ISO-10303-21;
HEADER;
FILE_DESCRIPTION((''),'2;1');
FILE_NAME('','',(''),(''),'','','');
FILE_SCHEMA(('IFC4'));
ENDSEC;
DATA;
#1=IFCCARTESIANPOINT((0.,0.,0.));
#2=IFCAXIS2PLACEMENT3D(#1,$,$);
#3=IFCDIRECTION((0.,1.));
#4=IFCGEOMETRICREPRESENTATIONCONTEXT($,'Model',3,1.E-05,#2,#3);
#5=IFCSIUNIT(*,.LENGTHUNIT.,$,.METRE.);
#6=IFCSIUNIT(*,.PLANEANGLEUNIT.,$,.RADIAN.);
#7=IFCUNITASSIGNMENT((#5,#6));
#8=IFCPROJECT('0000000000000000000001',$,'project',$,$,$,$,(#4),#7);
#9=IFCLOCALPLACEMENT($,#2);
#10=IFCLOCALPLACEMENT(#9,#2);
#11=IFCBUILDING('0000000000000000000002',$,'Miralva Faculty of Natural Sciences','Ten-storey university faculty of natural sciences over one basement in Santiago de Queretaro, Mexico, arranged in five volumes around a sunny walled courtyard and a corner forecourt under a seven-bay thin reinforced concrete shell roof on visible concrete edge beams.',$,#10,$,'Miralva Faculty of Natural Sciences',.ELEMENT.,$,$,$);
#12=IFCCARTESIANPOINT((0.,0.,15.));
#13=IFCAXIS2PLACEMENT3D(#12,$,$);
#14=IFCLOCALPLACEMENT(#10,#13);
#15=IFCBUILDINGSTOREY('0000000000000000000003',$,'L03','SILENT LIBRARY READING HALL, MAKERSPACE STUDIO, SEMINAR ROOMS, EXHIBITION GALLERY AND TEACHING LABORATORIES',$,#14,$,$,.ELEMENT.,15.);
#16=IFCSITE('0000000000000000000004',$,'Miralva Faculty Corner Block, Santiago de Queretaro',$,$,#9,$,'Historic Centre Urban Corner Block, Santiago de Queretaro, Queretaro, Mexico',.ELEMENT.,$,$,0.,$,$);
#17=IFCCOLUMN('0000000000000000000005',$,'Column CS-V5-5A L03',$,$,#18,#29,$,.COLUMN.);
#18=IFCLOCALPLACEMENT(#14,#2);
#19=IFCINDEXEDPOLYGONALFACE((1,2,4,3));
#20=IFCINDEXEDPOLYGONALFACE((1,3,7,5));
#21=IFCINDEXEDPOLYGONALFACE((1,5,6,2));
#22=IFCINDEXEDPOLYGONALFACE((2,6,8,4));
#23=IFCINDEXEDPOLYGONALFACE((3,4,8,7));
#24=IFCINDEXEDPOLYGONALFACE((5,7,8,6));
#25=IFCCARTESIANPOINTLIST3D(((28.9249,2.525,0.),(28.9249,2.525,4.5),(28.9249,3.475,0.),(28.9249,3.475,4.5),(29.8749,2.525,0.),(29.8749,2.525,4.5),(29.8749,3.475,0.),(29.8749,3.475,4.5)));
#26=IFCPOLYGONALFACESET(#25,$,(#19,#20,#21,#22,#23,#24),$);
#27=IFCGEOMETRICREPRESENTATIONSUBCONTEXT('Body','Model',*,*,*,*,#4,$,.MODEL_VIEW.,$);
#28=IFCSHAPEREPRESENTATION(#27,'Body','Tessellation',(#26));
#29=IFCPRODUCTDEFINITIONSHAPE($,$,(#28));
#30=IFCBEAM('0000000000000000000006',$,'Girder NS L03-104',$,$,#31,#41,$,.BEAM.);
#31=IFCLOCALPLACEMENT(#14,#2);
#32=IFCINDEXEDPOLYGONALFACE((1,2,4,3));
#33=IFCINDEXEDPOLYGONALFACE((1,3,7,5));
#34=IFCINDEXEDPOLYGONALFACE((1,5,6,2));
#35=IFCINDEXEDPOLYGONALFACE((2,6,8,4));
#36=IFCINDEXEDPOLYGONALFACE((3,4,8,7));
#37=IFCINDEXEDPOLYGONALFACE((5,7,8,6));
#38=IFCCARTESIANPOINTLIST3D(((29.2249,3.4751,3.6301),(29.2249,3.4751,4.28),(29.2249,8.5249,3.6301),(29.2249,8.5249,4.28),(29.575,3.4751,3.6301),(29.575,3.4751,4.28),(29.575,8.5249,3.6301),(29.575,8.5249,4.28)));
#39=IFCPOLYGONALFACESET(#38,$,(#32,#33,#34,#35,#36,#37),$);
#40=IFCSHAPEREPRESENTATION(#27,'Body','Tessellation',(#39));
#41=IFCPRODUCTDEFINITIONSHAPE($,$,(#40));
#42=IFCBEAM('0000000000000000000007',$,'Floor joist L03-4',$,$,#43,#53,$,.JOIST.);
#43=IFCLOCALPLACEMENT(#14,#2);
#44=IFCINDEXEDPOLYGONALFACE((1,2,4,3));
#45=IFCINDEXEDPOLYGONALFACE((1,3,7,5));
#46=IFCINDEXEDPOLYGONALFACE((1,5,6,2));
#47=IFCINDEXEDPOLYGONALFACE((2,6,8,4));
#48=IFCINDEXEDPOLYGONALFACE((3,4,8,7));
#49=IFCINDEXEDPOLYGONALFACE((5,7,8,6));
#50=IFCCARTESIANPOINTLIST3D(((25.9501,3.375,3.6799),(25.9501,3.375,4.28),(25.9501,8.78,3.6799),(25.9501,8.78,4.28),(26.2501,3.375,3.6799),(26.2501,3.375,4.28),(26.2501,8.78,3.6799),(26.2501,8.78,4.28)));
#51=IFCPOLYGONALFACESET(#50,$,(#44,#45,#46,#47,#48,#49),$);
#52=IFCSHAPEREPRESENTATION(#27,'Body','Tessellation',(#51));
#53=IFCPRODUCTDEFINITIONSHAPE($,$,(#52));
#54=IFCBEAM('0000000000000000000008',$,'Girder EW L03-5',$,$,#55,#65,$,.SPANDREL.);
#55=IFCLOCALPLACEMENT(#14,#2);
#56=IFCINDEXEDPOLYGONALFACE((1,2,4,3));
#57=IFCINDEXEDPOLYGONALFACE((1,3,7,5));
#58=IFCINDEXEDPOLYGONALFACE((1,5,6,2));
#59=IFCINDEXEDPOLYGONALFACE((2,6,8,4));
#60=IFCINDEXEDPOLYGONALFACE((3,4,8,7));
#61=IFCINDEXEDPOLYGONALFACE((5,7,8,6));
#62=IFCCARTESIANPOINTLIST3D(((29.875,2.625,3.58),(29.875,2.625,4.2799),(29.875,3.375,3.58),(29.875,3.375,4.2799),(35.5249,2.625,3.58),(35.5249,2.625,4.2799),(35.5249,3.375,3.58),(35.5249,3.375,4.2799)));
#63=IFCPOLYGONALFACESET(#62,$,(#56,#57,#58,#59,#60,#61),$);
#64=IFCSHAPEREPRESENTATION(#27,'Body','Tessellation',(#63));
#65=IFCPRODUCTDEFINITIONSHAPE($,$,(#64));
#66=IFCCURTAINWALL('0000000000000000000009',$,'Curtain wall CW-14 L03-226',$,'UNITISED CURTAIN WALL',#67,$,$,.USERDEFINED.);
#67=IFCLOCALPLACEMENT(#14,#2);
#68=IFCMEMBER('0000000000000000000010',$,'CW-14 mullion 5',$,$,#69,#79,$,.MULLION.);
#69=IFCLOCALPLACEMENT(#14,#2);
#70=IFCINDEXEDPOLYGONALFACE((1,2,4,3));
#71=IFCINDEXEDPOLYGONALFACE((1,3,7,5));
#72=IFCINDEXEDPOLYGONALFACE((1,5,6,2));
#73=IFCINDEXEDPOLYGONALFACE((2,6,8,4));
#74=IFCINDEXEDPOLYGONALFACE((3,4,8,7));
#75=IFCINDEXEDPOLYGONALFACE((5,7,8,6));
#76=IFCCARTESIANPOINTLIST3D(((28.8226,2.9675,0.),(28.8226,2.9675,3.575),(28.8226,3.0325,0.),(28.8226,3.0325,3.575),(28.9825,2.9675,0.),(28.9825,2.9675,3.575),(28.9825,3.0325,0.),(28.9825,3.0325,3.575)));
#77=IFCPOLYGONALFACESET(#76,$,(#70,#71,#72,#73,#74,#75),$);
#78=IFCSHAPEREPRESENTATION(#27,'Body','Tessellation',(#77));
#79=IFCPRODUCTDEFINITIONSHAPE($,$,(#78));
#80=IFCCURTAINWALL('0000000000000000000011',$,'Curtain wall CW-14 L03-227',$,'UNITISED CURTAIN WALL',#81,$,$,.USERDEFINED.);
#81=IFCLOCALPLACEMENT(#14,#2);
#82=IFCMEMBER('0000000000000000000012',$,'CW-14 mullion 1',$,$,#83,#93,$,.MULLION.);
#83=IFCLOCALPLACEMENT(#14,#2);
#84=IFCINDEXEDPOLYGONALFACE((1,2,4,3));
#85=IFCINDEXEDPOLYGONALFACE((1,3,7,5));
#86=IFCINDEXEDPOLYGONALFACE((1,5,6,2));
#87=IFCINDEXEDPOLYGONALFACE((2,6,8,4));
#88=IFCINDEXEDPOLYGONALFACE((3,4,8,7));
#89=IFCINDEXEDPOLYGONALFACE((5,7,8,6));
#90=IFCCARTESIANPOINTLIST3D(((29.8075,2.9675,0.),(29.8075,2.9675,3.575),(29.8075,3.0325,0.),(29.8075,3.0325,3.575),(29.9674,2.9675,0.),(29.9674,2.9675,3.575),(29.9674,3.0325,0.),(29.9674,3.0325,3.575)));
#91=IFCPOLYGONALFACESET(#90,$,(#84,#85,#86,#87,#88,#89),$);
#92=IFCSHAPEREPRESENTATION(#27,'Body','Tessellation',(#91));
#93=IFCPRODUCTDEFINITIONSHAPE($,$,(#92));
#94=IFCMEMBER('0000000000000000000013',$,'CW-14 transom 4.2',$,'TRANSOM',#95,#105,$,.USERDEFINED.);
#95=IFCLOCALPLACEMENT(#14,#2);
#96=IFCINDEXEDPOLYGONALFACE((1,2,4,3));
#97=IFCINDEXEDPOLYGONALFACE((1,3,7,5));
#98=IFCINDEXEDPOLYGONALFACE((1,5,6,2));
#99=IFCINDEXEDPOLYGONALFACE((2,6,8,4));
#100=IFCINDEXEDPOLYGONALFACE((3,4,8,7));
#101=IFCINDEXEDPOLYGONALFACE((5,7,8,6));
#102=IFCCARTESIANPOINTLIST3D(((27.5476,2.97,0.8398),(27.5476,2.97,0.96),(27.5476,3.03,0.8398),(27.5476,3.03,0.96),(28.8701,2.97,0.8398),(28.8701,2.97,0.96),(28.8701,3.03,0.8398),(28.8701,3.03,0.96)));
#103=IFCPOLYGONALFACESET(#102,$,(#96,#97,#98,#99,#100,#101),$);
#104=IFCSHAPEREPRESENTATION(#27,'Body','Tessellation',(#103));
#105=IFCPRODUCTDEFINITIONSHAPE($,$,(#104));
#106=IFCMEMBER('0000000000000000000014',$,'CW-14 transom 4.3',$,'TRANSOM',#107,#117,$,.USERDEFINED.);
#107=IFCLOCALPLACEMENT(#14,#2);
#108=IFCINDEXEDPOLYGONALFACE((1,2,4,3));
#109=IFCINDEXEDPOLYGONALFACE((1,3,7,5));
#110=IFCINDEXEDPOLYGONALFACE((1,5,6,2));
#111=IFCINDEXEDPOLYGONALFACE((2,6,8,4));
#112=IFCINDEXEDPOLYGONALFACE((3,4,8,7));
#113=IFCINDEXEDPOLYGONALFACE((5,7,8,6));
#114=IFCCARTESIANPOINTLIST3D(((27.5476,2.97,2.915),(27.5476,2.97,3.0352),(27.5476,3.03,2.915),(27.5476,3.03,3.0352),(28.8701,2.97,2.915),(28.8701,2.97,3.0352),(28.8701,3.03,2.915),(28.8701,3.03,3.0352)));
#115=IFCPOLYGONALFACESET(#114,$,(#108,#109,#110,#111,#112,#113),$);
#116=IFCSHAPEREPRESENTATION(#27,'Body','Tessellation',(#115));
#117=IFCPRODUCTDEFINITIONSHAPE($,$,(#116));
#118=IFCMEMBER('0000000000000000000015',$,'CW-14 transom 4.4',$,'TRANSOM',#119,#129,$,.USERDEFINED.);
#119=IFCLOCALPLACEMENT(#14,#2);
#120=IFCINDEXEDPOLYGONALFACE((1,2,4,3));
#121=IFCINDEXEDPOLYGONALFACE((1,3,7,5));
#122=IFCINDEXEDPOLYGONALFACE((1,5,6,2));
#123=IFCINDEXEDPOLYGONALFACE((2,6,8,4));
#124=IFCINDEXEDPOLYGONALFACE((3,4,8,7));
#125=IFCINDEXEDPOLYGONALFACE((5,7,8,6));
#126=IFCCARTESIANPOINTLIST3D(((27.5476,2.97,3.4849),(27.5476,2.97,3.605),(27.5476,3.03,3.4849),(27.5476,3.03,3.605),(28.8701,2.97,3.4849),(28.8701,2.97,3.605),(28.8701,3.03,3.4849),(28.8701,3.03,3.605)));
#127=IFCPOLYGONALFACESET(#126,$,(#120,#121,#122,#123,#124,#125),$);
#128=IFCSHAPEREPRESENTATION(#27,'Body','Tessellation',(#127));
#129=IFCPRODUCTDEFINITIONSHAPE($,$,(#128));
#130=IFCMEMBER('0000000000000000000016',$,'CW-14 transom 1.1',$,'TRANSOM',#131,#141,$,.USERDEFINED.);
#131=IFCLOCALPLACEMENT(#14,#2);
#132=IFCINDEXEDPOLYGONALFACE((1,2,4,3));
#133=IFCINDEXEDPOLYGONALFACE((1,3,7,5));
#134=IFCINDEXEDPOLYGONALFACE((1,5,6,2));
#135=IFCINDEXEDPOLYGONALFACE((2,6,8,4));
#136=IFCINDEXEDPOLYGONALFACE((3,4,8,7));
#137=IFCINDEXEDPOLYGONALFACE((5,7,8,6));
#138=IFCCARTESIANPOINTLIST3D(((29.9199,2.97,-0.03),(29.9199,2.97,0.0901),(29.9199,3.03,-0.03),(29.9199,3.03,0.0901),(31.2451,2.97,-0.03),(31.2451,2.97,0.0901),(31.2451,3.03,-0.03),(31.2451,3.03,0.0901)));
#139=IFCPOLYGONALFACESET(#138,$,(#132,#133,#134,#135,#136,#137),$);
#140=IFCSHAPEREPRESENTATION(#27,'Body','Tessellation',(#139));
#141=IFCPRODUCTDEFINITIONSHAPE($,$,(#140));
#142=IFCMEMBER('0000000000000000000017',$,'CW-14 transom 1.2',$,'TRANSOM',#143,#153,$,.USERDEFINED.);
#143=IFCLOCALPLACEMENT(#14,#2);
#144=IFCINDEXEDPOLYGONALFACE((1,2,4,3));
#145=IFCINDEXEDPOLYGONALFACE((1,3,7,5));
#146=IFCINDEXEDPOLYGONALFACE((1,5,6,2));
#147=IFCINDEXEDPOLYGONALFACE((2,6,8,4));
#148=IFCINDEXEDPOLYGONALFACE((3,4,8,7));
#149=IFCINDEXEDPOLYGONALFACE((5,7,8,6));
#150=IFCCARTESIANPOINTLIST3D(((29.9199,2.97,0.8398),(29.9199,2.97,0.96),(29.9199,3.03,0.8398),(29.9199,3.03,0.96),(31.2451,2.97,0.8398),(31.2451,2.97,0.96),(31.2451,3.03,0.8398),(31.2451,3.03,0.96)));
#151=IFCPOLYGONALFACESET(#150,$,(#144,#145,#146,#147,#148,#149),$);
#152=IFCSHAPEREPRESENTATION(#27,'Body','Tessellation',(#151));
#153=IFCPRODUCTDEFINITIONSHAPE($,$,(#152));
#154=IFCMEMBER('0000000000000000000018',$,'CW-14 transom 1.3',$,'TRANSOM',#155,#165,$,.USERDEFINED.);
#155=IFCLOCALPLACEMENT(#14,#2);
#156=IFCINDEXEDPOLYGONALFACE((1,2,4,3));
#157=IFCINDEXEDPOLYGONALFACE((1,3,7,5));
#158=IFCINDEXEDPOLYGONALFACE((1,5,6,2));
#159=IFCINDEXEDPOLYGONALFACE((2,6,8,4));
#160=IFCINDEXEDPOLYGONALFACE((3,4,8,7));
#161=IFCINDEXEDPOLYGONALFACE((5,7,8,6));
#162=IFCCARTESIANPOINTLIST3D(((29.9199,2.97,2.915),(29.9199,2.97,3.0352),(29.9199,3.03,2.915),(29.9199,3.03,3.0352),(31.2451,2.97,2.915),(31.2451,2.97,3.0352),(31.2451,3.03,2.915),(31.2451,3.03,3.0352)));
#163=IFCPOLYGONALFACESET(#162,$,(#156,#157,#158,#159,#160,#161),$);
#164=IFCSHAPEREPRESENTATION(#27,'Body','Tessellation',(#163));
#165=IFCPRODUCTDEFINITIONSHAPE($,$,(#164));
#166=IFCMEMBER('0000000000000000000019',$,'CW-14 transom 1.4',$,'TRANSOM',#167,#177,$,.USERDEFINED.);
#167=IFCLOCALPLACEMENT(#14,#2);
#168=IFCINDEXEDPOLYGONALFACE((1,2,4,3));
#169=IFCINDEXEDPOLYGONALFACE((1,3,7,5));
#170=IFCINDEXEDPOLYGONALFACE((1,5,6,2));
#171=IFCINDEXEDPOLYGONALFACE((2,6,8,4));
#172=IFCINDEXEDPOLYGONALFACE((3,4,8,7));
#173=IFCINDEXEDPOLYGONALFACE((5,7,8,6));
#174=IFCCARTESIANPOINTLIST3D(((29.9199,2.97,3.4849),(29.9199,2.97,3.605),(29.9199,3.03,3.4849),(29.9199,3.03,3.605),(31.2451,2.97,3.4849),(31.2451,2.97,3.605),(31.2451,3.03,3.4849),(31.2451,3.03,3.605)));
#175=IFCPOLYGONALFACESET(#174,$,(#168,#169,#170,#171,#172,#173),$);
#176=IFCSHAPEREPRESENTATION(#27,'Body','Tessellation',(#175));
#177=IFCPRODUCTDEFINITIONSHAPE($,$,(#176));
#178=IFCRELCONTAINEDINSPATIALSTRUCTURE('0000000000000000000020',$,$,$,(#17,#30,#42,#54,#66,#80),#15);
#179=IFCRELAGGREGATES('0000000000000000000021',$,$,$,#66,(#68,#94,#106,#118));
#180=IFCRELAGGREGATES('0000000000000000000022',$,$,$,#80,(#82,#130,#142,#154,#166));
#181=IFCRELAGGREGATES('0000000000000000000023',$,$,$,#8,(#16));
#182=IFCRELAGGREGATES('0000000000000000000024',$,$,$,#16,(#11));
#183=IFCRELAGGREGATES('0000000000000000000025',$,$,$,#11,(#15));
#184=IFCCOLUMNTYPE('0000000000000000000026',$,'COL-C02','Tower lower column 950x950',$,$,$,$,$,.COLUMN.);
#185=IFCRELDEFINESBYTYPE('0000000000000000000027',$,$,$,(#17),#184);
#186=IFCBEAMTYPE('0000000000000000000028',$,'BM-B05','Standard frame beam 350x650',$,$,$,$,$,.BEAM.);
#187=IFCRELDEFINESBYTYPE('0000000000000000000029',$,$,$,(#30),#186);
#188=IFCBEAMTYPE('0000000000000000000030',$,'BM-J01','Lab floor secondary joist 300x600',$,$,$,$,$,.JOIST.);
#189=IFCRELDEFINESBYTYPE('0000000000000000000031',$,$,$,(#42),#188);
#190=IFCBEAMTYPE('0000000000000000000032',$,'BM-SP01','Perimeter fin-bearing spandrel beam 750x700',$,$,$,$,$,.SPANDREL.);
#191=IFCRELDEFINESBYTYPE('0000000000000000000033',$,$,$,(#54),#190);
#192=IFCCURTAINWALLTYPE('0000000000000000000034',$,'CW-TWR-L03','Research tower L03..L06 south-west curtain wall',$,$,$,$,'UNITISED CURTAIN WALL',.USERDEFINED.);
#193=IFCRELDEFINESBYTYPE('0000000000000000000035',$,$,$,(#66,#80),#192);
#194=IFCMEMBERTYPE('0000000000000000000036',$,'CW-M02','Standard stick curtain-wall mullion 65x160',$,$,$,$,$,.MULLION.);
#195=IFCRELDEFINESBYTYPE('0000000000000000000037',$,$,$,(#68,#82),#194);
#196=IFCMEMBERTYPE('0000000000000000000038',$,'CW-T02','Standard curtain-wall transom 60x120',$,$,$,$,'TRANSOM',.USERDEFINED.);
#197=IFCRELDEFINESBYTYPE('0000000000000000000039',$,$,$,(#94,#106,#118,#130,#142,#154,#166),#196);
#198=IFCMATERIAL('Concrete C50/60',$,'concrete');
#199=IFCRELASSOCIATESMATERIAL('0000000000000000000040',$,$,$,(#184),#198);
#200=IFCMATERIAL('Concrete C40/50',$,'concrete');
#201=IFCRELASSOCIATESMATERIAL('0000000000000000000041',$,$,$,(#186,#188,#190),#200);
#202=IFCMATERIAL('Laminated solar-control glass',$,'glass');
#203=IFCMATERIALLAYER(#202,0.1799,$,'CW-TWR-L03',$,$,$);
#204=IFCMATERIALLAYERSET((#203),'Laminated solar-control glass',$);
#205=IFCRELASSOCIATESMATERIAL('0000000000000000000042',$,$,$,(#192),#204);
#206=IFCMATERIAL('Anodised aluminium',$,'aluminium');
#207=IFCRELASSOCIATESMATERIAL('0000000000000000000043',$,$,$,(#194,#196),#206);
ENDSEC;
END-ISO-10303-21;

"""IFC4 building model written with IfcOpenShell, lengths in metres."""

from ifc_helpers import new_model, si_unit, direction, frame, origin, origin_2d, place, context, subcontext, project, spatial, rectangle, extrude, material, layer, layer_set, material_profile, profile_set, type_object, element, aggregate, save


model = new_model("IFC4")

# Units and contexts
model_context = context("Model", 3, precision=1e-05, world=origin(), true_north=direction((0.0, 1.0)))
body_context = subcontext(model_context, "Body", "Model", "MODEL_VIEW")
ifc_project = project(units=[si_unit("LENGTHUNIT", "METRE"), si_unit("PLANEANGLEUNIT", "RADIAN")], contexts=[model_context])

# Site, building, storey
site_placement = place(None, origin())
site = spatial("IfcSite", under=ifc_project, at=site_placement, Name="Miralva Faculty Corner Block, Santiago de Queretaro", LongName="Historic Centre Urban Corner Block, Santiago de Queretaro, Queretaro, Mexico", CompositionType="ELEMENT", RefElevation=0.0)
building_placement = place(site_placement, origin())
building = spatial("IfcBuilding", under=site, at=building_placement, Name="Miralva Faculty of Natural Sciences", Description="Ten-storey university faculty of natural sciences over one basement in Santiago de Queretaro, Mexico, arranged in five volumes around a sunny walled courtyard and a corner forecourt under a seven-bay thin reinforced concrete shell roof on visible concrete edge beams.", LongName="Miralva Faculty of Natural Sciences", CompositionType="ELEMENT")
storey_placement = place(building_placement, frame((0.0, 0.0, 15.0)))
storey = spatial("IfcBuildingStorey", under=building, at=storey_placement, Name="L03", Description="SILENT LIBRARY READING HALL, MAKERSPACE STUDIO, SEMINAR ROOMS, EXHIBITION GALLERY AND TEACHING LABORATORIES", CompositionType="ELEMENT", Elevation=15.0)

# Column
ifc_material_1 = material(Name="Concrete C50/60", Category="concrete")
ifc_material_profile_1 = material_profile(ifc_material_1, rectangle(XDim=0.95, YDim=0.95, at=origin_2d()), Name="RC 950x950")
ifc_profile_set_1 = profile_set([ifc_material_profile_1], Name="Concrete C50/60")
column_type = type_object("IfcColumnType", Name="COL-C02", Description="Tower lower column 950x950", PredefinedType="COLUMN", material=ifc_profile_set_1)
column_placement = place(storey_placement, frame((29.3999, 3.0, 0.0), z_axis=(0.0, 0.0, 1.0), x_axis=(1.0, 0.0, 0.0)))
element("IfcColumn", 1, at=column_placement, inside=storey, type_object=column_type, Name="Column CS-V5-5A L03", PredefinedType="COLUMN", context=body_context, shape_type="SweptSolid", body=[
    extrude(rectangle(XDim=0.95, YDim=0.95, at=origin_2d()), origin(), (0.0, 0.0, 1.0), 4.5),
])

# Beams
ifc_material_2 = material(Name="Concrete C40/50", Category="concrete")
ifc_material_profile_2 = material_profile(ifc_material_2, rectangle(XDim=0.3501, YDim=0.6499, at=origin_2d()), Name="RC 350x650")
ifc_profile_set_2 = profile_set([ifc_material_profile_2], Name="Concrete C40/50")
beam_type_1 = type_object("IfcBeamType", Name="BM-B05", Description="Standard frame beam 350x650", PredefinedType="BEAM", material=ifc_profile_set_2)
beam_1_placement = place(storey_placement, frame((29.3999, 3.4751, 3.9551), z_axis=(0.0, 1.0, 0.0), x_axis=(-1.0, 0.0, 0.0)))
element("IfcBeam", 2, at=beam_1_placement, inside=storey, type_object=beam_type_1, Name="Girder NS L03-104", PredefinedType="BEAM", context=body_context, shape_type="SweptSolid", body=[
    extrude(rectangle(XDim=0.3501, YDim=0.6499, at=origin_2d()), origin(), (0.0, 0.0, 1.0), 5.0498),
])
ifc_material_profile_3 = material_profile(ifc_material_2, rectangle(XDim=0.3, YDim=0.6001, at=origin_2d()), Name="RC 300x600")
ifc_profile_set_3 = profile_set([ifc_material_profile_3], Name="Concrete C40/50")
beam_type_2 = type_object("IfcBeamType", Name="BM-J01", Description="Lab floor secondary joist 300x600", PredefinedType="JOIST", material=ifc_profile_set_3)
beam_2_placement = place(storey_placement, frame((26.1001, 3.375, 3.98), z_axis=(0.0, 1.0, 0.0), x_axis=(-1.0, 0.0, 0.0)))
element("IfcBeam", 3, at=beam_2_placement, inside=storey, type_object=beam_type_2, Name="Floor joist L03-4", PredefinedType="JOIST", context=body_context, shape_type="SweptSolid", body=[
    extrude(rectangle(XDim=0.3, YDim=0.6001, at=origin_2d()), origin(), (0.0, 0.0, 1.0), 5.405),
])
ifc_material_profile_4 = material_profile(ifc_material_2, rectangle(XDim=0.75, YDim=0.7, at=origin_2d()), Name="RC 750x700")
ifc_profile_set_4 = profile_set([ifc_material_profile_4], Name="Concrete C40/50")
beam_type_3 = type_object("IfcBeamType", Name="BM-SP01", Description="Perimeter fin-bearing spandrel beam 750x700", PredefinedType="SPANDREL", material=ifc_profile_set_4)
beam_3_placement = place(storey_placement, frame((29.875, 3.0, 3.9299), z_axis=(1.0, 0.0, 0.0), x_axis=(0.0, 1.0, 0.0)))
element("IfcBeam", 4, at=beam_3_placement, inside=storey, type_object=beam_type_3, Name="Girder EW L03-5", PredefinedType="SPANDREL", context=body_context, shape_type="SweptSolid", body=[
    extrude(rectangle(XDim=0.75, YDim=0.7, at=origin_2d()), origin(), (0.0, 0.0, 1.0), 5.6499),
])

# Curtain walls, members
ifc_material_3 = material(Name="Laminated solar-control glass", Category="glass")
ifc_layer_1 = layer(ifc_material_3, 0.1799, Name="CW-TWR-L03")
ifc_layer_set_1 = layer_set([ifc_layer_1], Name="Laminated solar-control glass")
curtain_wall_type = type_object("IfcCurtainWallType", Name="CW-TWR-L03", Description="Research tower L03..L06 south-west curtain wall", ElementType="UNITISED CURTAIN WALL", PredefinedType="USERDEFINED", material=ifc_layer_set_1)
curtain_wall_1_placement = place(storey_placement, origin())
curtain_wall_1 = element("IfcCurtainWall", 5, at=curtain_wall_1_placement, inside=storey, type_object=curtain_wall_type, Name="Curtain wall CW-14 L03-226", ObjectType="UNITISED CURTAIN WALL", PredefinedType="USERDEFINED")
ifc_material_4 = material(Name="Anodised aluminium", Category="aluminium")
ifc_material_profile_5 = material_profile(ifc_material_4, rectangle(XDim=0.0649, YDim=0.1599, at=origin_2d()), Name="MULLION 65x160")
ifc_profile_set_5 = profile_set([ifc_material_profile_5], Name="Anodised aluminium")
member_type_1 = type_object("IfcMemberType", Name="CW-M02", Description="Standard stick curtain-wall mullion 65x160", PredefinedType="MULLION", material=ifc_profile_set_5)
member_1_placement = place(storey_placement, frame((28.9026, 3.0, 0.0), z_axis=(0.0, 0.0, 1.0), x_axis=(0.0, 1.0, 0.0)))
member_1 = element("IfcMember", 6, at=member_1_placement, type_object=member_type_1, Name="CW-14 mullion 5", PredefinedType="MULLION", context=body_context, shape_type="SweptSolid", body=[
    extrude(rectangle(XDim=0.0649, YDim=0.1599, at=origin_2d()), origin(), (0.0, 0.0, 1.0), 3.575),
])
curtain_wall_2_placement = place(storey_placement, origin())
curtain_wall_2 = element("IfcCurtainWall", 7, at=curtain_wall_2_placement, inside=storey, type_object=curtain_wall_type, Name="Curtain wall CW-14 L03-227", ObjectType="UNITISED CURTAIN WALL", PredefinedType="USERDEFINED")
member_2_placement = place(storey_placement, frame((29.8875, 3.0, 0.0), z_axis=(0.0, 0.0, 1.0), x_axis=(0.0, 1.0, 0.0)))
member_2 = element("IfcMember", 8, at=member_2_placement, type_object=member_type_1, Name="CW-14 mullion 1", PredefinedType="MULLION", context=body_context, shape_type="SweptSolid", body=[
    extrude(rectangle(XDim=0.0649, YDim=0.1599, at=origin_2d()), origin(), (0.0, 0.0, 1.0), 3.575),
])

# Members
ifc_material_profile_6 = material_profile(ifc_material_4, rectangle(XDim=0.0601, YDim=0.1201, at=origin_2d()), Name="TRANSOM 60x120")
ifc_profile_set_6 = profile_set([ifc_material_profile_6], Name="Anodised aluminium")
member_type_2 = type_object("IfcMemberType", Name="CW-T02", Description="Standard curtain-wall transom 60x120", ElementType="TRANSOM", PredefinedType="USERDEFINED", material=ifc_profile_set_6)
member_3_placement = place(storey_placement, frame((27.5476, 3.0, 0.8999), z_axis=(1.0, 0.0, 0.0), x_axis=(0.0, 1.0, 0.0)))
member_3 = element("IfcMember", 9, at=member_3_placement, type_object=member_type_2, Name="CW-14 transom 4.2", ObjectType="TRANSOM", PredefinedType="USERDEFINED", context=body_context, shape_type="SweptSolid", body=[
    extrude(rectangle(XDim=0.0601, YDim=0.1201, at=origin_2d()), origin(), (0.0, 0.0, 1.0), 1.3225),
])
member_4_placement = place(storey_placement, frame((27.5476, 3.0, 2.9751), z_axis=(1.0, 0.0, 0.0), x_axis=(0.0, 1.0, 0.0)))
member_4 = element("IfcMember", 10, at=member_4_placement, type_object=member_type_2, Name="CW-14 transom 4.3", ObjectType="TRANSOM", PredefinedType="USERDEFINED", context=body_context, shape_type="SweptSolid", body=[
    extrude(rectangle(XDim=0.0601, YDim=0.1201, at=origin_2d()), origin(), (0.0, 0.0, 1.0), 1.3225),
])
member_5_placement = place(storey_placement, frame((27.5476, 3.0, 3.5449), z_axis=(1.0, 0.0, 0.0), x_axis=(0.0, 1.0, 0.0)))
member_5 = element("IfcMember", 11, at=member_5_placement, type_object=member_type_2, Name="CW-14 transom 4.4", ObjectType="TRANSOM", PredefinedType="USERDEFINED", context=body_context, shape_type="SweptSolid", body=[
    extrude(rectangle(XDim=0.0601, YDim=0.1201, at=origin_2d()), origin(), (0.0, 0.0, 1.0), 1.3225),
])
member_6_placement = place(storey_placement, frame((29.9199, 3.0, 0.03), z_axis=(1.0, 0.0, 0.0), x_axis=(0.0, 1.0, 0.0)))
member_6 = element("IfcMember", 12, at=member_6_placement, type_object=member_type_2, Name="CW-14 transom 1.1", ObjectType="TRANSOM", PredefinedType="USERDEFINED", context=body_context, shape_type="SweptSolid", body=[
    extrude(rectangle(XDim=0.0601, YDim=0.1201, at=origin_2d()), origin(), (0.0, 0.0, 1.0), 1.3252),
])
member_7_placement = place(storey_placement, frame((29.9199, 3.0, 0.8999), z_axis=(1.0, 0.0, 0.0), x_axis=(0.0, 1.0, 0.0)))
member_7 = element("IfcMember", 13, at=member_7_placement, type_object=member_type_2, Name="CW-14 transom 1.2", ObjectType="TRANSOM", PredefinedType="USERDEFINED", context=body_context, shape_type="SweptSolid", body=[
    extrude(rectangle(XDim=0.0601, YDim=0.1201, at=origin_2d()), origin(), (0.0, 0.0, 1.0), 1.3252),
])
member_8_placement = place(storey_placement, frame((29.9199, 3.0, 2.9751), z_axis=(1.0, 0.0, 0.0), x_axis=(0.0, 1.0, 0.0)))
member_8 = element("IfcMember", 14, at=member_8_placement, type_object=member_type_2, Name="CW-14 transom 1.3", ObjectType="TRANSOM", PredefinedType="USERDEFINED", context=body_context, shape_type="SweptSolid", body=[
    extrude(rectangle(XDim=0.0601, YDim=0.1201, at=origin_2d()), origin(), (0.0, 0.0, 1.0), 1.3252),
])
member_9_placement = place(storey_placement, frame((29.9199, 3.0, 3.5449), z_axis=(1.0, 0.0, 0.0), x_axis=(0.0, 1.0, 0.0)))
member_9 = element("IfcMember", 15, at=member_9_placement, type_object=member_type_2, Name="CW-14 transom 1.4", ObjectType="TRANSOM", PredefinedType="USERDEFINED", context=body_context, shape_type="SweptSolid", body=[
    extrude(rectangle(XDim=0.0601, YDim=0.1201, at=origin_2d()), origin(), (0.0, 0.0, 1.0), 1.3252),
])

aggregate(curtain_wall_1, [member_1, member_3, member_4, member_5])
aggregate(curtain_wall_2, [member_2, member_6, member_7, member_8, member_9])

save(model, "model.ifc")
